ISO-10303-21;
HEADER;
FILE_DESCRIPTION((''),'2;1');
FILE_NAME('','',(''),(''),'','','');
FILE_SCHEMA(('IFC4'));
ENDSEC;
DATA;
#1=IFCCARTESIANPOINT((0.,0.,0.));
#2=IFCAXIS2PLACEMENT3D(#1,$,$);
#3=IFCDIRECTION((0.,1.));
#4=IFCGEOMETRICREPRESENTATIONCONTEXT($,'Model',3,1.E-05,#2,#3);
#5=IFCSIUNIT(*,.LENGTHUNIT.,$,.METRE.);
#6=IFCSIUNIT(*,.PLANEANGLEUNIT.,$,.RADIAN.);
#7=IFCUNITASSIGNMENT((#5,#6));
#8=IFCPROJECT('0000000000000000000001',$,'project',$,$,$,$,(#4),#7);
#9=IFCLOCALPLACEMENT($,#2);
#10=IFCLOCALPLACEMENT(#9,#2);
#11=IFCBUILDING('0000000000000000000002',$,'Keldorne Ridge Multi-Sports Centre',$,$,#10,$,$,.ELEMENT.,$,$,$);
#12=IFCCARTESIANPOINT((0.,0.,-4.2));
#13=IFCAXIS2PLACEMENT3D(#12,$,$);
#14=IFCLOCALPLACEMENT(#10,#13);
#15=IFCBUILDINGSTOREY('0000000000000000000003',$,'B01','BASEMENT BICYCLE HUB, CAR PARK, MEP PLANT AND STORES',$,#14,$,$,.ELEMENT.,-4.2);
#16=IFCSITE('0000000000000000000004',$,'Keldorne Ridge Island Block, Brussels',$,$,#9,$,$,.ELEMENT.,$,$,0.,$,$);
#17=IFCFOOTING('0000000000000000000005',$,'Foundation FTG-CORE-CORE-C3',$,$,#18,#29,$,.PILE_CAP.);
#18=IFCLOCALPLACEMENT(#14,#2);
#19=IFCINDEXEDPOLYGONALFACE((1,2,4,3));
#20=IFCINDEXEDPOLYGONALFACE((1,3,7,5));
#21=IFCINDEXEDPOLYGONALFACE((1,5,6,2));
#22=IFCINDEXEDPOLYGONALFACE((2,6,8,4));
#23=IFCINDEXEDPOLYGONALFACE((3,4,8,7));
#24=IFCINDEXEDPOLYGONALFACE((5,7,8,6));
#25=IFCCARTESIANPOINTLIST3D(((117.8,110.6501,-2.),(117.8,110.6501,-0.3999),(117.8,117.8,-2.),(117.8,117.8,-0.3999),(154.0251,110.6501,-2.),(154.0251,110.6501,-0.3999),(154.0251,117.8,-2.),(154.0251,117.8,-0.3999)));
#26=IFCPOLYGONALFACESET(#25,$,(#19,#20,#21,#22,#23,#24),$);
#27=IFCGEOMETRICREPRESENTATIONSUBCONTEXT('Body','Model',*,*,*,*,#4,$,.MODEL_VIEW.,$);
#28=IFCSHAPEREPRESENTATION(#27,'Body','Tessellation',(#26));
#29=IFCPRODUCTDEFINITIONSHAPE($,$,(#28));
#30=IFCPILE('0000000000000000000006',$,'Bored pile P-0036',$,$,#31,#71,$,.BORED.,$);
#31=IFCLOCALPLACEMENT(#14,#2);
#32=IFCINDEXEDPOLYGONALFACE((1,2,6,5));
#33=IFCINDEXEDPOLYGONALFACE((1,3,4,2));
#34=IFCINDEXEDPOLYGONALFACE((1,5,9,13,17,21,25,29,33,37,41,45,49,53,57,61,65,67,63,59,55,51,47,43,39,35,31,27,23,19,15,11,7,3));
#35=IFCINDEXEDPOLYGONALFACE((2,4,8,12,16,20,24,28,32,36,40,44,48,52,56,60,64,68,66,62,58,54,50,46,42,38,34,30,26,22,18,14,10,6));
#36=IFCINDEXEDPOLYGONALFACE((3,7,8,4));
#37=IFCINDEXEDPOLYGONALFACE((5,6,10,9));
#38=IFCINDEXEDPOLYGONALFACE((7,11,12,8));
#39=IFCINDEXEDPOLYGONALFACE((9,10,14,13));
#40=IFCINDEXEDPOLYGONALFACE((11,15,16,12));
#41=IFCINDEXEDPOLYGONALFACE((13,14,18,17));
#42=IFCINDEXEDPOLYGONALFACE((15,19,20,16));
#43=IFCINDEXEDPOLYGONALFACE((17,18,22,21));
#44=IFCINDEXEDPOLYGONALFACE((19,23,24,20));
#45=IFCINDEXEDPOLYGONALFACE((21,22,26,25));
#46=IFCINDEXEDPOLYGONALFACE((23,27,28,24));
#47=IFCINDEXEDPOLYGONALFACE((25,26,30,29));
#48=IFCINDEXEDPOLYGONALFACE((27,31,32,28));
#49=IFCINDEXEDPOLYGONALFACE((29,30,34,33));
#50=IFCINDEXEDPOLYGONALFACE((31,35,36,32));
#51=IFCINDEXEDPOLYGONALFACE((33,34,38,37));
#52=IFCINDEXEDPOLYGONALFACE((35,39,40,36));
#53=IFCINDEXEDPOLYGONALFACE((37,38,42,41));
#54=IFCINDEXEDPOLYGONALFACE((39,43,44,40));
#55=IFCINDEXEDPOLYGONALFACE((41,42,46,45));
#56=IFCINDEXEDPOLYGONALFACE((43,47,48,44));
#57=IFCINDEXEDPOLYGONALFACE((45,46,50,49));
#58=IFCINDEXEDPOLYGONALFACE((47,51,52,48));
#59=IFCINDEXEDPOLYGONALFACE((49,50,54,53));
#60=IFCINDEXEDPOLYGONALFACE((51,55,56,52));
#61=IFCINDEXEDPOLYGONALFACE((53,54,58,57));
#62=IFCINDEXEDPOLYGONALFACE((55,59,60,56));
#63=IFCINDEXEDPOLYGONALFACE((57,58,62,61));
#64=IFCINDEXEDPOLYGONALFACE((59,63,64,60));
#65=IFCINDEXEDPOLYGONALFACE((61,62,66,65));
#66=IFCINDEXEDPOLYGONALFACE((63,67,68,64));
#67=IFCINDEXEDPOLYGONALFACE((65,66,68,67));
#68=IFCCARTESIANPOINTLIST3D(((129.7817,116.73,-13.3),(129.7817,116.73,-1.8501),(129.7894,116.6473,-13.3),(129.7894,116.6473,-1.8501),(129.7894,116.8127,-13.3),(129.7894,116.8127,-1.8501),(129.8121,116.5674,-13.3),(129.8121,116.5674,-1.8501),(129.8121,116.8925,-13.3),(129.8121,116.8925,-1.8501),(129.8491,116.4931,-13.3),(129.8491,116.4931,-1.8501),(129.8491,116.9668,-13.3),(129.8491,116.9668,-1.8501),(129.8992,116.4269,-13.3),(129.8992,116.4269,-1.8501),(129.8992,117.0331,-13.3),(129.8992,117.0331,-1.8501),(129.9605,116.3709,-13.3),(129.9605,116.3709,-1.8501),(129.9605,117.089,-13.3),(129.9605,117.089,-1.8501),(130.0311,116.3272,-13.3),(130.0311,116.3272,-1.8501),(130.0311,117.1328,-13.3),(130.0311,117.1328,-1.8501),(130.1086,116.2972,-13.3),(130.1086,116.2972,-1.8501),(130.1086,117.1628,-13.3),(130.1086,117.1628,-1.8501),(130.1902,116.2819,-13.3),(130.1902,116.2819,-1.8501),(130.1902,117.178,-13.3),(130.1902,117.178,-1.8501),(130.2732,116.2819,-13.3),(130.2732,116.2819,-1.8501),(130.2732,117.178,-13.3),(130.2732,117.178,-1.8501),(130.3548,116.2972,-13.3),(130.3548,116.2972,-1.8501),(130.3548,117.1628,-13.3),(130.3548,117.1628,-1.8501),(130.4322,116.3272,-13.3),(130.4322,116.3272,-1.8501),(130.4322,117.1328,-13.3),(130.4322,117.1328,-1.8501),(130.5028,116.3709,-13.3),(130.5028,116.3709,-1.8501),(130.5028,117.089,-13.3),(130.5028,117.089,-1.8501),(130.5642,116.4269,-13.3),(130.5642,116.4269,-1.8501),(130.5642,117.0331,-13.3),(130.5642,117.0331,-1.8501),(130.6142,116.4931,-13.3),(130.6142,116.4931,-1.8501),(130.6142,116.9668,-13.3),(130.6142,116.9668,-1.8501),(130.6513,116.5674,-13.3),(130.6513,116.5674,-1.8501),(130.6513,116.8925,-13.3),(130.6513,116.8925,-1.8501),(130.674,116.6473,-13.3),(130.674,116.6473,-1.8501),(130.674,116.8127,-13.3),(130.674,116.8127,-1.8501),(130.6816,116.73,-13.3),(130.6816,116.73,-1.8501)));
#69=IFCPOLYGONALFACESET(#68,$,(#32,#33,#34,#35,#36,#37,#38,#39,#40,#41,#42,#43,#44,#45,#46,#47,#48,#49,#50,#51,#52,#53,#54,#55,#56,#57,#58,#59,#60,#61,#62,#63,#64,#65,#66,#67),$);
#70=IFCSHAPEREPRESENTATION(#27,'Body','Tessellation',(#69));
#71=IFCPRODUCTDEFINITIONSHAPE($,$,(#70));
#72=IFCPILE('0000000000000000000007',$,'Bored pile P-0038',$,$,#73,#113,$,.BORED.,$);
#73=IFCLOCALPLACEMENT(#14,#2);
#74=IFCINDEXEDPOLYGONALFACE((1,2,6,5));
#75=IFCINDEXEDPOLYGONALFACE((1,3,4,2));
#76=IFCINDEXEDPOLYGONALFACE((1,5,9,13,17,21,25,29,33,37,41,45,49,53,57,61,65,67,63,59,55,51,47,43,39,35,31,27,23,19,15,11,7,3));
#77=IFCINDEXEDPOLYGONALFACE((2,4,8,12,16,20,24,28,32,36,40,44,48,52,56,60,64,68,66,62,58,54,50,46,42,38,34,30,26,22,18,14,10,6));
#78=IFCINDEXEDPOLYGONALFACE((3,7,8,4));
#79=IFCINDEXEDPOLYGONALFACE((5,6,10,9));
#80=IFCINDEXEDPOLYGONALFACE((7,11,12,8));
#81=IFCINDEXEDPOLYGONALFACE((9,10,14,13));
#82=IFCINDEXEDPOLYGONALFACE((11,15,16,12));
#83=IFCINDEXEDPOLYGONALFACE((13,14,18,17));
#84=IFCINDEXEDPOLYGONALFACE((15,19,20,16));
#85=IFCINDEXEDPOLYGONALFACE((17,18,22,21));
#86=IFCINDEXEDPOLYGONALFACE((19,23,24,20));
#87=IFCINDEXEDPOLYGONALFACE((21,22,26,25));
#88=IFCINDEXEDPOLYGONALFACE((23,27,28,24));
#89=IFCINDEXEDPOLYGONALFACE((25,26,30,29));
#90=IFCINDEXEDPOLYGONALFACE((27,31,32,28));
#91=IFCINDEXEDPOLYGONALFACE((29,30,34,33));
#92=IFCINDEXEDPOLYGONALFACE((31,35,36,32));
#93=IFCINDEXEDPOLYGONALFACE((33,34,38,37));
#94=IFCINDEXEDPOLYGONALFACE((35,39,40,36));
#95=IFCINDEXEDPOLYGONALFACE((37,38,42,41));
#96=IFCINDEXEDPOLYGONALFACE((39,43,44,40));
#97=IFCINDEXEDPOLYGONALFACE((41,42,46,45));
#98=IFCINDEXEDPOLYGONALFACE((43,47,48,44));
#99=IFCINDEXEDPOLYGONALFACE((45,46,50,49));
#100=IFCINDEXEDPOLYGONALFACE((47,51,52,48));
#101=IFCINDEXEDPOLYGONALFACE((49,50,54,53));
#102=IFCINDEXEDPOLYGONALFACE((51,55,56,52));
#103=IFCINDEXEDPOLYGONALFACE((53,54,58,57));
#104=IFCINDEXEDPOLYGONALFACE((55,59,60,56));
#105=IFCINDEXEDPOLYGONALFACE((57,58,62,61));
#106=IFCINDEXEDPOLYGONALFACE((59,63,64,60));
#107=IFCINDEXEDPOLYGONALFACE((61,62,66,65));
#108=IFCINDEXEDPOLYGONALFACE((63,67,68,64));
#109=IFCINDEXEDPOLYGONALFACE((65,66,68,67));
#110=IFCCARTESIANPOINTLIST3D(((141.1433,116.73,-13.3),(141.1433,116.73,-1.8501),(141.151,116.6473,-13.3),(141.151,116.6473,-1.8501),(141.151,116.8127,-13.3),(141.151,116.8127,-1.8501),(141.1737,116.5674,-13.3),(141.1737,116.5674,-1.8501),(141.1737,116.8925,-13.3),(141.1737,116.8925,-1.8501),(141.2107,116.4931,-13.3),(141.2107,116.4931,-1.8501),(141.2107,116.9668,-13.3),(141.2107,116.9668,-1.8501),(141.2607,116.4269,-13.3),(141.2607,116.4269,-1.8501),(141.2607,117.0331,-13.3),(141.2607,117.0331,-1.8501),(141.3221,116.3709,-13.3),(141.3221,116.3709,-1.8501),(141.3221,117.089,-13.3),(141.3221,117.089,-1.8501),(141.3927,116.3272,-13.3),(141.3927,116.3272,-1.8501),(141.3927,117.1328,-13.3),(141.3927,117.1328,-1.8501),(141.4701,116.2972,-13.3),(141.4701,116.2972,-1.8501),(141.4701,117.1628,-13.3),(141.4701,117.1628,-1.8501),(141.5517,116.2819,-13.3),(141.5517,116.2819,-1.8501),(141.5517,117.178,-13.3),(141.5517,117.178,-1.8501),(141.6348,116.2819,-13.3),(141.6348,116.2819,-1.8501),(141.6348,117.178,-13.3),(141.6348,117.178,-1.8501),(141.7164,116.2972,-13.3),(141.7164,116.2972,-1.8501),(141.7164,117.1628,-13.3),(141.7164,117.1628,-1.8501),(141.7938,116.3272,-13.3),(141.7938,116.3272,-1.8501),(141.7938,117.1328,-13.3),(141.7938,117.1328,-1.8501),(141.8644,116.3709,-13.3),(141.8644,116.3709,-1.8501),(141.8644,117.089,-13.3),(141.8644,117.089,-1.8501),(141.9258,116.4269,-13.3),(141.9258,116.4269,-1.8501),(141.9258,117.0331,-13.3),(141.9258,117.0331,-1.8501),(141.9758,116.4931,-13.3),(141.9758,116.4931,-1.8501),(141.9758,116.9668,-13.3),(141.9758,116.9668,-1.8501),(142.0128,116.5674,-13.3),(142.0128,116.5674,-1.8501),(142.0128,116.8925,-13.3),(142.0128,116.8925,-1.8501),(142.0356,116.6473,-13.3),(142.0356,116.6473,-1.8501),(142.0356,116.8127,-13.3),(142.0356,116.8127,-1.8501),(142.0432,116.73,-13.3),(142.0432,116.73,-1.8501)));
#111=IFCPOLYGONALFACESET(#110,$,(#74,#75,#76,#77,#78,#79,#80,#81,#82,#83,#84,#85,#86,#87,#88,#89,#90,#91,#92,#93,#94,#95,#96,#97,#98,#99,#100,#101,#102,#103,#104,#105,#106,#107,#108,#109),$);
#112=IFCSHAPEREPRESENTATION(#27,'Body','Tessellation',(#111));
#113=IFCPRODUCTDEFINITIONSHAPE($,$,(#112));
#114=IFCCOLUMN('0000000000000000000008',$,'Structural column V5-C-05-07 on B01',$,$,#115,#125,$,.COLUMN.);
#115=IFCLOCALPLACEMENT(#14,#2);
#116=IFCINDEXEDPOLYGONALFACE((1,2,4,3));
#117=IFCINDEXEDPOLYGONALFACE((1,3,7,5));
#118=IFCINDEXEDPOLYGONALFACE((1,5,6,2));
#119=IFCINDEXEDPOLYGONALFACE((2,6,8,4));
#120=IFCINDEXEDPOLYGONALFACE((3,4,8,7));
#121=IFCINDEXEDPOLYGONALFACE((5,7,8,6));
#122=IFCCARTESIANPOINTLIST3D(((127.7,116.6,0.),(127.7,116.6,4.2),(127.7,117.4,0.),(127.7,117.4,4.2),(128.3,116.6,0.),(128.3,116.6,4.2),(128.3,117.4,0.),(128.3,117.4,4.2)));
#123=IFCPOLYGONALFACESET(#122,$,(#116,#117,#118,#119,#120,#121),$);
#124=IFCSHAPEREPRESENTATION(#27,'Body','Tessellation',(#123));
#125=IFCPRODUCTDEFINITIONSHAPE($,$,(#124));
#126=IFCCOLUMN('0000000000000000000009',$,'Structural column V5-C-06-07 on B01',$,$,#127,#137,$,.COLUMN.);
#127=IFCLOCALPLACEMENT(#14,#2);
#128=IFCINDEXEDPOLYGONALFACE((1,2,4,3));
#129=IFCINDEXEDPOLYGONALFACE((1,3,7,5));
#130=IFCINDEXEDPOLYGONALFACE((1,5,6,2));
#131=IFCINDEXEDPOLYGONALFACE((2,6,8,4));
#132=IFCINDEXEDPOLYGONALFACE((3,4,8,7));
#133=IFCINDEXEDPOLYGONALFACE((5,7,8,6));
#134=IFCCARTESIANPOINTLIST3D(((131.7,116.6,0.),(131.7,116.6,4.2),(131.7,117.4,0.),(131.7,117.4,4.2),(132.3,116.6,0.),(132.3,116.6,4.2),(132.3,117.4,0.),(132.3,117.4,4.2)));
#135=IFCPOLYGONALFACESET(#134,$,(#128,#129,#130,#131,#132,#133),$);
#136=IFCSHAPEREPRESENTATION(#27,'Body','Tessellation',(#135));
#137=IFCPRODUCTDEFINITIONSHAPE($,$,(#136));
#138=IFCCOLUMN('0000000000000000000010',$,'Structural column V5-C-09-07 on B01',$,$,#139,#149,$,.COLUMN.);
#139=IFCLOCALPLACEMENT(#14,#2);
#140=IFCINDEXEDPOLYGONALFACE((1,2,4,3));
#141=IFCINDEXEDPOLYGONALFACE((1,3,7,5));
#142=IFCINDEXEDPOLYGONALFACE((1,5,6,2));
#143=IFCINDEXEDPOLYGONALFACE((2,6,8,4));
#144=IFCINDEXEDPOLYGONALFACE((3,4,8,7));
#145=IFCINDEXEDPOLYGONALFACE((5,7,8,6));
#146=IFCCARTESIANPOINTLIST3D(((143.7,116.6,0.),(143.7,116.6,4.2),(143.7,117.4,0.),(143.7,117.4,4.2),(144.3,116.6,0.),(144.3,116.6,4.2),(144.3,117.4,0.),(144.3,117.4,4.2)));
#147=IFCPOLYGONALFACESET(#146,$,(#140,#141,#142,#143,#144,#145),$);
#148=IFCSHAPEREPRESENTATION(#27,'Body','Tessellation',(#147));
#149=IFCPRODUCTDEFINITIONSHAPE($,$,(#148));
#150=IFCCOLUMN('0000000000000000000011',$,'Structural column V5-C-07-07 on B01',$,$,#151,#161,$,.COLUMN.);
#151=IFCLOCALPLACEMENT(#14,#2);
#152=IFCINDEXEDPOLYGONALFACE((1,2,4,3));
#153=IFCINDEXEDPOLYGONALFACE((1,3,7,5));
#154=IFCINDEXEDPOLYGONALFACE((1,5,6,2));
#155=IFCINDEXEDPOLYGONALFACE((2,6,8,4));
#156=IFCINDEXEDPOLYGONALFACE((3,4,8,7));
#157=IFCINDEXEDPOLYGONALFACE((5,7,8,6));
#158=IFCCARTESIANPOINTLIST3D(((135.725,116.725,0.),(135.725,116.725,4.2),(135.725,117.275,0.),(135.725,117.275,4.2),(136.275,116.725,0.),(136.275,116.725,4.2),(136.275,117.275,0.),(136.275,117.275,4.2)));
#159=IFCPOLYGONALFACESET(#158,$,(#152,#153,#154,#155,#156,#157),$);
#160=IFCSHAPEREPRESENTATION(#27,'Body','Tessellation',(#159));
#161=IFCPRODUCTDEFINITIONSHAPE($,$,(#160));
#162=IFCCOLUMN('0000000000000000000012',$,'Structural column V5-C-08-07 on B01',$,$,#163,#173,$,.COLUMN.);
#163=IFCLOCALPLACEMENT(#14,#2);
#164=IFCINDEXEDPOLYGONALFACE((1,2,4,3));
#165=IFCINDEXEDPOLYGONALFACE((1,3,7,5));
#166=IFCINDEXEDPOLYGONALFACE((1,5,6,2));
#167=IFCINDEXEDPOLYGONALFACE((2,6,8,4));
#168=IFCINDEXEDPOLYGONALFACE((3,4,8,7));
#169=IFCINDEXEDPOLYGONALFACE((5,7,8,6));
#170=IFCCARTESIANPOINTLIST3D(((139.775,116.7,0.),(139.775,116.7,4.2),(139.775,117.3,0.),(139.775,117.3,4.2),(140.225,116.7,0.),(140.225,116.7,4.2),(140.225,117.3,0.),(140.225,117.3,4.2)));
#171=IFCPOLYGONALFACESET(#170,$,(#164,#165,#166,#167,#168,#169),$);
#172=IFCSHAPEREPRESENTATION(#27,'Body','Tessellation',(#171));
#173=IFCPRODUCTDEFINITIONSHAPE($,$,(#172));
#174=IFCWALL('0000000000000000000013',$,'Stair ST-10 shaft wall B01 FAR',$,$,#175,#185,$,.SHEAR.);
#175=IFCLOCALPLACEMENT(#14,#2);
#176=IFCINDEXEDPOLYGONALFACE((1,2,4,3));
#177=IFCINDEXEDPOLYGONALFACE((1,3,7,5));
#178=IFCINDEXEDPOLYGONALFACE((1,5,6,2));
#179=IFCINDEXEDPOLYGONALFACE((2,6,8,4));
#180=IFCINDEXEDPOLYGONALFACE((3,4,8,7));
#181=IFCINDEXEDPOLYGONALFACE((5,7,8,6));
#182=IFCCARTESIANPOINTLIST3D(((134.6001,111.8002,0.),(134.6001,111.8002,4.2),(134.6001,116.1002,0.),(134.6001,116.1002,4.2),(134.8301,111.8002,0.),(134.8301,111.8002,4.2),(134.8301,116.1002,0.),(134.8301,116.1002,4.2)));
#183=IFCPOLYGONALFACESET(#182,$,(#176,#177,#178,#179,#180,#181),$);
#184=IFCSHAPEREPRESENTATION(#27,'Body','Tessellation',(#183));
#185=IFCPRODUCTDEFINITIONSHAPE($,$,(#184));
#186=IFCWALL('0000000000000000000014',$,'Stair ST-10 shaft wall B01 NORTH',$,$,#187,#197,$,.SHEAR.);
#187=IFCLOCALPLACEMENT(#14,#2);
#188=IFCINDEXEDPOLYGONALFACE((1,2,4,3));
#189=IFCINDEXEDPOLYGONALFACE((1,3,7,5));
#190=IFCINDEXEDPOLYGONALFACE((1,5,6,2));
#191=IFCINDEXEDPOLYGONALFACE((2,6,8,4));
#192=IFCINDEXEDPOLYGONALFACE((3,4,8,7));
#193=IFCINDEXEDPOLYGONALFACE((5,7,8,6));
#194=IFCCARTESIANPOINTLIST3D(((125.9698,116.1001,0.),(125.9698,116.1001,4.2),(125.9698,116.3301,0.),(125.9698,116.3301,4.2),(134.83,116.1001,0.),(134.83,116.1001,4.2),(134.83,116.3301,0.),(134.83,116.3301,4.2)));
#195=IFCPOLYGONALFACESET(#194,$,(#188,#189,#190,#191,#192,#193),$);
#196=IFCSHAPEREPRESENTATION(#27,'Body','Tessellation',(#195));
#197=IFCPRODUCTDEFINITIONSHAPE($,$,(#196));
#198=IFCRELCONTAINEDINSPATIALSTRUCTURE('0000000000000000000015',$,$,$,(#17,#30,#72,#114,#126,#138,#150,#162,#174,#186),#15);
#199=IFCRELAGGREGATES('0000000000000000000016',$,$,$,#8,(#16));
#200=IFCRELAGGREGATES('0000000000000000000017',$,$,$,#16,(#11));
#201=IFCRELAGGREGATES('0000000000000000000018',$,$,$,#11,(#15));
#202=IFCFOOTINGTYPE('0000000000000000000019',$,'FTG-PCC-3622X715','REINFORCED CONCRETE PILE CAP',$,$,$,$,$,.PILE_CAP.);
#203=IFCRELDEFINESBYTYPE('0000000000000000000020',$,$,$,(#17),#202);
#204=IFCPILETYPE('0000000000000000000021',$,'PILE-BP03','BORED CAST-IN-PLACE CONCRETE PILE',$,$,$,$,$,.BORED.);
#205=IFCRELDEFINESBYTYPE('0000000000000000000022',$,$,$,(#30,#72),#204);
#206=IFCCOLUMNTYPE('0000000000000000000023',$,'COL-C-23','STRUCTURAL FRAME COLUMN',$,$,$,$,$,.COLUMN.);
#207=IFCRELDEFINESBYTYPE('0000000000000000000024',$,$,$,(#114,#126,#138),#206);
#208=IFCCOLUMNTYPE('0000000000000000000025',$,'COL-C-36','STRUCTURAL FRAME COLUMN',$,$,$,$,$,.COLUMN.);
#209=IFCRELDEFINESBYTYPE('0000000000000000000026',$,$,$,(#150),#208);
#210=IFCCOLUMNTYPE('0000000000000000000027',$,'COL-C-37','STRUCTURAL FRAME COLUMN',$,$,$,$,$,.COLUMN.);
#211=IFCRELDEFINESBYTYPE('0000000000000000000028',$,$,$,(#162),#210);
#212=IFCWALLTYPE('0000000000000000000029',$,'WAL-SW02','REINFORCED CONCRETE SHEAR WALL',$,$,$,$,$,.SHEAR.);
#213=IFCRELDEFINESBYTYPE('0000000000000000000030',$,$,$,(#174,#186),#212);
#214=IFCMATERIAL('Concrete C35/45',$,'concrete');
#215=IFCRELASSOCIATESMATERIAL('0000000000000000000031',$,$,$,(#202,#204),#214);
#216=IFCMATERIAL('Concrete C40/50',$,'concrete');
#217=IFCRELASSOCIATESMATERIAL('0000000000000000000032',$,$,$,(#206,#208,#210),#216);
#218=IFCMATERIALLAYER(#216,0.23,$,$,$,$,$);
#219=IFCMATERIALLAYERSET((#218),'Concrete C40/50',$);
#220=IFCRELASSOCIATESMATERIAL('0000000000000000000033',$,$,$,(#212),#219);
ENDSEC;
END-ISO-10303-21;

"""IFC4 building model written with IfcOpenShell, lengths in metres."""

from ifc_helpers import new_model, si_unit, direction, frame, frame_2d, origin, origin_2d, place, context, subcontext, project, spatial, rectangle, circle, extrude, material, layer, layer_set, material_profile, profile_set, type_object, element, save


model = new_model("IFC4")

# Units and contexts
model_context = context("Model", 3, precision=1e-05, world=origin(), true_north=direction((0.0, 1.0)))
body_context = subcontext(model_context, "Body", "Model", "MODEL_VIEW")
ifc_project = project(units=[si_unit("LENGTHUNIT", "METRE"), si_unit("PLANEANGLEUNIT", "RADIAN")], contexts=[model_context])

# Site, building, storey
site_placement = place(None, origin())
site = spatial("IfcSite", under=ifc_project, at=site_placement, Name="Keldorne Ridge Island Block, Brussels", CompositionType="ELEMENT", RefElevation=0.0)
building_placement = place(site_placement, origin())
building = spatial("IfcBuilding", under=site, at=building_placement, Name="Keldorne Ridge Multi-Sports Centre", CompositionType="ELEMENT")
storey_placement = place(building_placement, frame((0.0, 0.0, -4.2)))
storey = spatial("IfcBuildingStorey", under=building, at=storey_placement, Name="B01", Description="BASEMENT BICYCLE HUB, CAR PARK, MEP PLANT AND STORES", CompositionType="ELEMENT", Elevation=-4.2)

# Footing
ifc_material_1 = material(Name="Concrete C35/45", Category="concrete")
footing_type = type_object("IfcFootingType", Name="FTG-PCC-3622X715", Description="REINFORCED CONCRETE PILE CAP", PredefinedType="PILE_CAP", material=ifc_material_1)
footing_placement = place(storey_placement, frame((135.9126, 114.2251, -2.0), z_axis=(0.0, 0.0, 1.0), x_axis=(1.0, 0.0, 0.0)))
element("IfcFooting", 1, at=footing_placement, inside=storey, type_object=footing_type, Name="Foundation FTG-CORE-CORE-C3", PredefinedType="PILE_CAP", context=body_context, shape_type="SweptSolid", body=[
    extrude(rectangle(XDim=36.2251, YDim=7.1499, at=origin_2d()), origin(), (0.0, 0.0, 1.0), 1.6001),
])

# Piles
ifc_material_profile_1 = material_profile(ifc_material_1, circle(Radius=0.45, at=origin_2d()), Name="BORED PILE D900")
ifc_profile_set_1 = profile_set([ifc_material_profile_1], Name="Concrete C35/45")
pile_type = type_object("IfcPileType", Name="PILE-BP03", Description="BORED CAST-IN-PLACE CONCRETE PILE", PredefinedType="BORED", material=ifc_profile_set_1)
for number, where, z_axis, x_axis, name in (
    (2, (130.2317, 116.73, -1.8501), (0.0, 0.0, -1.0), (1.0, 0.0, 0.0), "Bored pile P-0036"),
    (3, (141.5933, 116.73, -1.8501), (0.0, 0.0, -1.0), (1.0, 0.0, 0.0), "Bored pile P-0038"),
):
    element("IfcPile", number, at=place(storey_placement, frame(where, z_axis=z_axis, x_axis=x_axis)), inside=storey, type_object=pile_type, Name=name, PredefinedType="BORED", context=body_context, shape_type="SweptSolid", body=[
        extrude(circle(Radius=0.45, at=origin_2d()), origin(), (0.0, 0.0, 1.0), 11.45),
    ])

# Columns
ifc_material_2 = material(Name="Concrete C40/50", Category="concrete")
ifc_material_profile_2 = material_profile(ifc_material_2, rectangle(XDim=0.6001, YDim=0.8, at=origin_2d()), Name="RC 600x800")
ifc_profile_set_2 = profile_set([ifc_material_profile_2], Name="Concrete C40/50")
column_type_1 = type_object("IfcColumnType", Name="COL-C-23", Description="STRUCTURAL FRAME COLUMN", PredefinedType="COLUMN", material=ifc_profile_set_2)
for number, where, z_axis, x_axis, name in (
    (4, (128.0, 117.0, 0.0), (0.0, 0.0, 1.0), (1.0, 0.0, 0.0), "Structural column V5-C-05-07 on B01"),
    (5, (132.0, 117.0, 0.0), (0.0, 0.0, 1.0), (1.0, 0.0, 0.0), "Structural column V5-C-06-07 on B01"),
    (6, (144.0, 117.0, 0.0), (0.0, 0.0, 1.0), (1.0, 0.0, 0.0), "Structural column V5-C-09-07 on B01"),
):
    element("IfcColumn", number, at=place(storey_placement, frame(where, z_axis=z_axis, x_axis=x_axis)), inside=storey, type_object=column_type_1, Name=name, PredefinedType="COLUMN", context=body_context, shape_type="SweptSolid", body=[
        extrude(rectangle(XDim=0.6001, YDim=0.8, at=origin_2d()), origin(), (0.0, 0.0, 1.0), 4.2),
    ])
ifc_material_profile_3 = material_profile(ifc_material_2, rectangle(XDim=0.55, YDim=0.55, at=origin_2d()), Name="RC 550x550")
ifc_profile_set_3 = profile_set([ifc_material_profile_3], Name="Concrete C40/50")
column_type_2 = type_object("IfcColumnType", Name="COL-C-36", Description="STRUCTURAL FRAME COLUMN", PredefinedType="COLUMN", material=ifc_profile_set_3)
column_1_placement = place(storey_placement, frame((136.0, 117.0, 0.0), z_axis=(0.0, 0.0, 1.0), x_axis=(1.0, 0.0, 0.0)))
element("IfcColumn", 7, at=column_1_placement, inside=storey, type_object=column_type_2, Name="Structural column V5-C-07-07 on B01", PredefinedType="COLUMN", context=body_context, shape_type="SweptSolid", body=[
    extrude(rectangle(XDim=0.55, YDim=0.55, at=origin_2d()), origin(), (0.0, 0.0, 1.0), 4.2),
])
ifc_material_profile_4 = material_profile(ifc_material_2, rectangle(XDim=0.45, YDim=0.6001, at=origin_2d()), Name="RC 450x600")
ifc_profile_set_4 = profile_set([ifc_material_profile_4], Name="Concrete C40/50")
column_type_3 = type_object("IfcColumnType", Name="COL-C-37", Description="STRUCTURAL FRAME COLUMN", PredefinedType="COLUMN", material=ifc_profile_set_4)
column_2_placement = place(storey_placement, frame((140.0, 117.0, 0.0), z_axis=(0.0, 0.0, 1.0), x_axis=(1.0, 0.0, 0.0)))
element("IfcColumn", 8, at=column_2_placement, inside=storey, type_object=column_type_3, Name="Structural column V5-C-08-07 on B01", PredefinedType="COLUMN", context=body_context, shape_type="SweptSolid", body=[
    extrude(rectangle(XDim=0.45, YDim=0.6001, at=origin_2d()), origin(), (0.0, 0.0, 1.0), 4.2),
])

# Walls
ifc_layer = layer(ifc_material_2, 0.23)
ifc_layer_set = layer_set([ifc_layer], Name="Concrete C40/50")
wall_type = type_object("IfcWallType", Name="WAL-SW02", Description="REINFORCED CONCRETE SHEAR WALL", PredefinedType="SHEAR", material=ifc_layer_set)
wall_1_placement = place(storey_placement, frame((134.7151, 116.1001, 0.0), z_axis=(0.0, 0.0, 1.0), x_axis=(0.0, -1.0, 0.0)))
element("IfcWall", 9, at=wall_1_placement, inside=storey, type_object=wall_type, Name="Stair ST-10 shaft wall B01 FAR", PredefinedType="SHEAR", context=body_context, shape_type="SweptSolid", body=[
    extrude(rectangle(XDim=4.3, YDim=0.23, at=frame_2d((2.1499, 0.0))), origin(), (0.0, 0.0, 1.0), 4.2),
])
wall_2_placement = place(storey_placement, frame((134.8301, 116.2151, 0.0), z_axis=(0.0, 0.0, 1.0), x_axis=(-1.0, 0.0, 0.0)))
element("IfcWall", 10, at=wall_2_placement, inside=storey, type_object=wall_type, Name="Stair ST-10 shaft wall B01 NORTH", PredefinedType="SHEAR", context=body_context, shape_type="SweptSolid", body=[
    extrude(rectangle(XDim=8.8601, YDim=0.23, at=frame_2d((4.4302, 0.0))), origin(), (0.0, 0.0, 1.0), 4.2),
])

save(model, "model.ifc")
